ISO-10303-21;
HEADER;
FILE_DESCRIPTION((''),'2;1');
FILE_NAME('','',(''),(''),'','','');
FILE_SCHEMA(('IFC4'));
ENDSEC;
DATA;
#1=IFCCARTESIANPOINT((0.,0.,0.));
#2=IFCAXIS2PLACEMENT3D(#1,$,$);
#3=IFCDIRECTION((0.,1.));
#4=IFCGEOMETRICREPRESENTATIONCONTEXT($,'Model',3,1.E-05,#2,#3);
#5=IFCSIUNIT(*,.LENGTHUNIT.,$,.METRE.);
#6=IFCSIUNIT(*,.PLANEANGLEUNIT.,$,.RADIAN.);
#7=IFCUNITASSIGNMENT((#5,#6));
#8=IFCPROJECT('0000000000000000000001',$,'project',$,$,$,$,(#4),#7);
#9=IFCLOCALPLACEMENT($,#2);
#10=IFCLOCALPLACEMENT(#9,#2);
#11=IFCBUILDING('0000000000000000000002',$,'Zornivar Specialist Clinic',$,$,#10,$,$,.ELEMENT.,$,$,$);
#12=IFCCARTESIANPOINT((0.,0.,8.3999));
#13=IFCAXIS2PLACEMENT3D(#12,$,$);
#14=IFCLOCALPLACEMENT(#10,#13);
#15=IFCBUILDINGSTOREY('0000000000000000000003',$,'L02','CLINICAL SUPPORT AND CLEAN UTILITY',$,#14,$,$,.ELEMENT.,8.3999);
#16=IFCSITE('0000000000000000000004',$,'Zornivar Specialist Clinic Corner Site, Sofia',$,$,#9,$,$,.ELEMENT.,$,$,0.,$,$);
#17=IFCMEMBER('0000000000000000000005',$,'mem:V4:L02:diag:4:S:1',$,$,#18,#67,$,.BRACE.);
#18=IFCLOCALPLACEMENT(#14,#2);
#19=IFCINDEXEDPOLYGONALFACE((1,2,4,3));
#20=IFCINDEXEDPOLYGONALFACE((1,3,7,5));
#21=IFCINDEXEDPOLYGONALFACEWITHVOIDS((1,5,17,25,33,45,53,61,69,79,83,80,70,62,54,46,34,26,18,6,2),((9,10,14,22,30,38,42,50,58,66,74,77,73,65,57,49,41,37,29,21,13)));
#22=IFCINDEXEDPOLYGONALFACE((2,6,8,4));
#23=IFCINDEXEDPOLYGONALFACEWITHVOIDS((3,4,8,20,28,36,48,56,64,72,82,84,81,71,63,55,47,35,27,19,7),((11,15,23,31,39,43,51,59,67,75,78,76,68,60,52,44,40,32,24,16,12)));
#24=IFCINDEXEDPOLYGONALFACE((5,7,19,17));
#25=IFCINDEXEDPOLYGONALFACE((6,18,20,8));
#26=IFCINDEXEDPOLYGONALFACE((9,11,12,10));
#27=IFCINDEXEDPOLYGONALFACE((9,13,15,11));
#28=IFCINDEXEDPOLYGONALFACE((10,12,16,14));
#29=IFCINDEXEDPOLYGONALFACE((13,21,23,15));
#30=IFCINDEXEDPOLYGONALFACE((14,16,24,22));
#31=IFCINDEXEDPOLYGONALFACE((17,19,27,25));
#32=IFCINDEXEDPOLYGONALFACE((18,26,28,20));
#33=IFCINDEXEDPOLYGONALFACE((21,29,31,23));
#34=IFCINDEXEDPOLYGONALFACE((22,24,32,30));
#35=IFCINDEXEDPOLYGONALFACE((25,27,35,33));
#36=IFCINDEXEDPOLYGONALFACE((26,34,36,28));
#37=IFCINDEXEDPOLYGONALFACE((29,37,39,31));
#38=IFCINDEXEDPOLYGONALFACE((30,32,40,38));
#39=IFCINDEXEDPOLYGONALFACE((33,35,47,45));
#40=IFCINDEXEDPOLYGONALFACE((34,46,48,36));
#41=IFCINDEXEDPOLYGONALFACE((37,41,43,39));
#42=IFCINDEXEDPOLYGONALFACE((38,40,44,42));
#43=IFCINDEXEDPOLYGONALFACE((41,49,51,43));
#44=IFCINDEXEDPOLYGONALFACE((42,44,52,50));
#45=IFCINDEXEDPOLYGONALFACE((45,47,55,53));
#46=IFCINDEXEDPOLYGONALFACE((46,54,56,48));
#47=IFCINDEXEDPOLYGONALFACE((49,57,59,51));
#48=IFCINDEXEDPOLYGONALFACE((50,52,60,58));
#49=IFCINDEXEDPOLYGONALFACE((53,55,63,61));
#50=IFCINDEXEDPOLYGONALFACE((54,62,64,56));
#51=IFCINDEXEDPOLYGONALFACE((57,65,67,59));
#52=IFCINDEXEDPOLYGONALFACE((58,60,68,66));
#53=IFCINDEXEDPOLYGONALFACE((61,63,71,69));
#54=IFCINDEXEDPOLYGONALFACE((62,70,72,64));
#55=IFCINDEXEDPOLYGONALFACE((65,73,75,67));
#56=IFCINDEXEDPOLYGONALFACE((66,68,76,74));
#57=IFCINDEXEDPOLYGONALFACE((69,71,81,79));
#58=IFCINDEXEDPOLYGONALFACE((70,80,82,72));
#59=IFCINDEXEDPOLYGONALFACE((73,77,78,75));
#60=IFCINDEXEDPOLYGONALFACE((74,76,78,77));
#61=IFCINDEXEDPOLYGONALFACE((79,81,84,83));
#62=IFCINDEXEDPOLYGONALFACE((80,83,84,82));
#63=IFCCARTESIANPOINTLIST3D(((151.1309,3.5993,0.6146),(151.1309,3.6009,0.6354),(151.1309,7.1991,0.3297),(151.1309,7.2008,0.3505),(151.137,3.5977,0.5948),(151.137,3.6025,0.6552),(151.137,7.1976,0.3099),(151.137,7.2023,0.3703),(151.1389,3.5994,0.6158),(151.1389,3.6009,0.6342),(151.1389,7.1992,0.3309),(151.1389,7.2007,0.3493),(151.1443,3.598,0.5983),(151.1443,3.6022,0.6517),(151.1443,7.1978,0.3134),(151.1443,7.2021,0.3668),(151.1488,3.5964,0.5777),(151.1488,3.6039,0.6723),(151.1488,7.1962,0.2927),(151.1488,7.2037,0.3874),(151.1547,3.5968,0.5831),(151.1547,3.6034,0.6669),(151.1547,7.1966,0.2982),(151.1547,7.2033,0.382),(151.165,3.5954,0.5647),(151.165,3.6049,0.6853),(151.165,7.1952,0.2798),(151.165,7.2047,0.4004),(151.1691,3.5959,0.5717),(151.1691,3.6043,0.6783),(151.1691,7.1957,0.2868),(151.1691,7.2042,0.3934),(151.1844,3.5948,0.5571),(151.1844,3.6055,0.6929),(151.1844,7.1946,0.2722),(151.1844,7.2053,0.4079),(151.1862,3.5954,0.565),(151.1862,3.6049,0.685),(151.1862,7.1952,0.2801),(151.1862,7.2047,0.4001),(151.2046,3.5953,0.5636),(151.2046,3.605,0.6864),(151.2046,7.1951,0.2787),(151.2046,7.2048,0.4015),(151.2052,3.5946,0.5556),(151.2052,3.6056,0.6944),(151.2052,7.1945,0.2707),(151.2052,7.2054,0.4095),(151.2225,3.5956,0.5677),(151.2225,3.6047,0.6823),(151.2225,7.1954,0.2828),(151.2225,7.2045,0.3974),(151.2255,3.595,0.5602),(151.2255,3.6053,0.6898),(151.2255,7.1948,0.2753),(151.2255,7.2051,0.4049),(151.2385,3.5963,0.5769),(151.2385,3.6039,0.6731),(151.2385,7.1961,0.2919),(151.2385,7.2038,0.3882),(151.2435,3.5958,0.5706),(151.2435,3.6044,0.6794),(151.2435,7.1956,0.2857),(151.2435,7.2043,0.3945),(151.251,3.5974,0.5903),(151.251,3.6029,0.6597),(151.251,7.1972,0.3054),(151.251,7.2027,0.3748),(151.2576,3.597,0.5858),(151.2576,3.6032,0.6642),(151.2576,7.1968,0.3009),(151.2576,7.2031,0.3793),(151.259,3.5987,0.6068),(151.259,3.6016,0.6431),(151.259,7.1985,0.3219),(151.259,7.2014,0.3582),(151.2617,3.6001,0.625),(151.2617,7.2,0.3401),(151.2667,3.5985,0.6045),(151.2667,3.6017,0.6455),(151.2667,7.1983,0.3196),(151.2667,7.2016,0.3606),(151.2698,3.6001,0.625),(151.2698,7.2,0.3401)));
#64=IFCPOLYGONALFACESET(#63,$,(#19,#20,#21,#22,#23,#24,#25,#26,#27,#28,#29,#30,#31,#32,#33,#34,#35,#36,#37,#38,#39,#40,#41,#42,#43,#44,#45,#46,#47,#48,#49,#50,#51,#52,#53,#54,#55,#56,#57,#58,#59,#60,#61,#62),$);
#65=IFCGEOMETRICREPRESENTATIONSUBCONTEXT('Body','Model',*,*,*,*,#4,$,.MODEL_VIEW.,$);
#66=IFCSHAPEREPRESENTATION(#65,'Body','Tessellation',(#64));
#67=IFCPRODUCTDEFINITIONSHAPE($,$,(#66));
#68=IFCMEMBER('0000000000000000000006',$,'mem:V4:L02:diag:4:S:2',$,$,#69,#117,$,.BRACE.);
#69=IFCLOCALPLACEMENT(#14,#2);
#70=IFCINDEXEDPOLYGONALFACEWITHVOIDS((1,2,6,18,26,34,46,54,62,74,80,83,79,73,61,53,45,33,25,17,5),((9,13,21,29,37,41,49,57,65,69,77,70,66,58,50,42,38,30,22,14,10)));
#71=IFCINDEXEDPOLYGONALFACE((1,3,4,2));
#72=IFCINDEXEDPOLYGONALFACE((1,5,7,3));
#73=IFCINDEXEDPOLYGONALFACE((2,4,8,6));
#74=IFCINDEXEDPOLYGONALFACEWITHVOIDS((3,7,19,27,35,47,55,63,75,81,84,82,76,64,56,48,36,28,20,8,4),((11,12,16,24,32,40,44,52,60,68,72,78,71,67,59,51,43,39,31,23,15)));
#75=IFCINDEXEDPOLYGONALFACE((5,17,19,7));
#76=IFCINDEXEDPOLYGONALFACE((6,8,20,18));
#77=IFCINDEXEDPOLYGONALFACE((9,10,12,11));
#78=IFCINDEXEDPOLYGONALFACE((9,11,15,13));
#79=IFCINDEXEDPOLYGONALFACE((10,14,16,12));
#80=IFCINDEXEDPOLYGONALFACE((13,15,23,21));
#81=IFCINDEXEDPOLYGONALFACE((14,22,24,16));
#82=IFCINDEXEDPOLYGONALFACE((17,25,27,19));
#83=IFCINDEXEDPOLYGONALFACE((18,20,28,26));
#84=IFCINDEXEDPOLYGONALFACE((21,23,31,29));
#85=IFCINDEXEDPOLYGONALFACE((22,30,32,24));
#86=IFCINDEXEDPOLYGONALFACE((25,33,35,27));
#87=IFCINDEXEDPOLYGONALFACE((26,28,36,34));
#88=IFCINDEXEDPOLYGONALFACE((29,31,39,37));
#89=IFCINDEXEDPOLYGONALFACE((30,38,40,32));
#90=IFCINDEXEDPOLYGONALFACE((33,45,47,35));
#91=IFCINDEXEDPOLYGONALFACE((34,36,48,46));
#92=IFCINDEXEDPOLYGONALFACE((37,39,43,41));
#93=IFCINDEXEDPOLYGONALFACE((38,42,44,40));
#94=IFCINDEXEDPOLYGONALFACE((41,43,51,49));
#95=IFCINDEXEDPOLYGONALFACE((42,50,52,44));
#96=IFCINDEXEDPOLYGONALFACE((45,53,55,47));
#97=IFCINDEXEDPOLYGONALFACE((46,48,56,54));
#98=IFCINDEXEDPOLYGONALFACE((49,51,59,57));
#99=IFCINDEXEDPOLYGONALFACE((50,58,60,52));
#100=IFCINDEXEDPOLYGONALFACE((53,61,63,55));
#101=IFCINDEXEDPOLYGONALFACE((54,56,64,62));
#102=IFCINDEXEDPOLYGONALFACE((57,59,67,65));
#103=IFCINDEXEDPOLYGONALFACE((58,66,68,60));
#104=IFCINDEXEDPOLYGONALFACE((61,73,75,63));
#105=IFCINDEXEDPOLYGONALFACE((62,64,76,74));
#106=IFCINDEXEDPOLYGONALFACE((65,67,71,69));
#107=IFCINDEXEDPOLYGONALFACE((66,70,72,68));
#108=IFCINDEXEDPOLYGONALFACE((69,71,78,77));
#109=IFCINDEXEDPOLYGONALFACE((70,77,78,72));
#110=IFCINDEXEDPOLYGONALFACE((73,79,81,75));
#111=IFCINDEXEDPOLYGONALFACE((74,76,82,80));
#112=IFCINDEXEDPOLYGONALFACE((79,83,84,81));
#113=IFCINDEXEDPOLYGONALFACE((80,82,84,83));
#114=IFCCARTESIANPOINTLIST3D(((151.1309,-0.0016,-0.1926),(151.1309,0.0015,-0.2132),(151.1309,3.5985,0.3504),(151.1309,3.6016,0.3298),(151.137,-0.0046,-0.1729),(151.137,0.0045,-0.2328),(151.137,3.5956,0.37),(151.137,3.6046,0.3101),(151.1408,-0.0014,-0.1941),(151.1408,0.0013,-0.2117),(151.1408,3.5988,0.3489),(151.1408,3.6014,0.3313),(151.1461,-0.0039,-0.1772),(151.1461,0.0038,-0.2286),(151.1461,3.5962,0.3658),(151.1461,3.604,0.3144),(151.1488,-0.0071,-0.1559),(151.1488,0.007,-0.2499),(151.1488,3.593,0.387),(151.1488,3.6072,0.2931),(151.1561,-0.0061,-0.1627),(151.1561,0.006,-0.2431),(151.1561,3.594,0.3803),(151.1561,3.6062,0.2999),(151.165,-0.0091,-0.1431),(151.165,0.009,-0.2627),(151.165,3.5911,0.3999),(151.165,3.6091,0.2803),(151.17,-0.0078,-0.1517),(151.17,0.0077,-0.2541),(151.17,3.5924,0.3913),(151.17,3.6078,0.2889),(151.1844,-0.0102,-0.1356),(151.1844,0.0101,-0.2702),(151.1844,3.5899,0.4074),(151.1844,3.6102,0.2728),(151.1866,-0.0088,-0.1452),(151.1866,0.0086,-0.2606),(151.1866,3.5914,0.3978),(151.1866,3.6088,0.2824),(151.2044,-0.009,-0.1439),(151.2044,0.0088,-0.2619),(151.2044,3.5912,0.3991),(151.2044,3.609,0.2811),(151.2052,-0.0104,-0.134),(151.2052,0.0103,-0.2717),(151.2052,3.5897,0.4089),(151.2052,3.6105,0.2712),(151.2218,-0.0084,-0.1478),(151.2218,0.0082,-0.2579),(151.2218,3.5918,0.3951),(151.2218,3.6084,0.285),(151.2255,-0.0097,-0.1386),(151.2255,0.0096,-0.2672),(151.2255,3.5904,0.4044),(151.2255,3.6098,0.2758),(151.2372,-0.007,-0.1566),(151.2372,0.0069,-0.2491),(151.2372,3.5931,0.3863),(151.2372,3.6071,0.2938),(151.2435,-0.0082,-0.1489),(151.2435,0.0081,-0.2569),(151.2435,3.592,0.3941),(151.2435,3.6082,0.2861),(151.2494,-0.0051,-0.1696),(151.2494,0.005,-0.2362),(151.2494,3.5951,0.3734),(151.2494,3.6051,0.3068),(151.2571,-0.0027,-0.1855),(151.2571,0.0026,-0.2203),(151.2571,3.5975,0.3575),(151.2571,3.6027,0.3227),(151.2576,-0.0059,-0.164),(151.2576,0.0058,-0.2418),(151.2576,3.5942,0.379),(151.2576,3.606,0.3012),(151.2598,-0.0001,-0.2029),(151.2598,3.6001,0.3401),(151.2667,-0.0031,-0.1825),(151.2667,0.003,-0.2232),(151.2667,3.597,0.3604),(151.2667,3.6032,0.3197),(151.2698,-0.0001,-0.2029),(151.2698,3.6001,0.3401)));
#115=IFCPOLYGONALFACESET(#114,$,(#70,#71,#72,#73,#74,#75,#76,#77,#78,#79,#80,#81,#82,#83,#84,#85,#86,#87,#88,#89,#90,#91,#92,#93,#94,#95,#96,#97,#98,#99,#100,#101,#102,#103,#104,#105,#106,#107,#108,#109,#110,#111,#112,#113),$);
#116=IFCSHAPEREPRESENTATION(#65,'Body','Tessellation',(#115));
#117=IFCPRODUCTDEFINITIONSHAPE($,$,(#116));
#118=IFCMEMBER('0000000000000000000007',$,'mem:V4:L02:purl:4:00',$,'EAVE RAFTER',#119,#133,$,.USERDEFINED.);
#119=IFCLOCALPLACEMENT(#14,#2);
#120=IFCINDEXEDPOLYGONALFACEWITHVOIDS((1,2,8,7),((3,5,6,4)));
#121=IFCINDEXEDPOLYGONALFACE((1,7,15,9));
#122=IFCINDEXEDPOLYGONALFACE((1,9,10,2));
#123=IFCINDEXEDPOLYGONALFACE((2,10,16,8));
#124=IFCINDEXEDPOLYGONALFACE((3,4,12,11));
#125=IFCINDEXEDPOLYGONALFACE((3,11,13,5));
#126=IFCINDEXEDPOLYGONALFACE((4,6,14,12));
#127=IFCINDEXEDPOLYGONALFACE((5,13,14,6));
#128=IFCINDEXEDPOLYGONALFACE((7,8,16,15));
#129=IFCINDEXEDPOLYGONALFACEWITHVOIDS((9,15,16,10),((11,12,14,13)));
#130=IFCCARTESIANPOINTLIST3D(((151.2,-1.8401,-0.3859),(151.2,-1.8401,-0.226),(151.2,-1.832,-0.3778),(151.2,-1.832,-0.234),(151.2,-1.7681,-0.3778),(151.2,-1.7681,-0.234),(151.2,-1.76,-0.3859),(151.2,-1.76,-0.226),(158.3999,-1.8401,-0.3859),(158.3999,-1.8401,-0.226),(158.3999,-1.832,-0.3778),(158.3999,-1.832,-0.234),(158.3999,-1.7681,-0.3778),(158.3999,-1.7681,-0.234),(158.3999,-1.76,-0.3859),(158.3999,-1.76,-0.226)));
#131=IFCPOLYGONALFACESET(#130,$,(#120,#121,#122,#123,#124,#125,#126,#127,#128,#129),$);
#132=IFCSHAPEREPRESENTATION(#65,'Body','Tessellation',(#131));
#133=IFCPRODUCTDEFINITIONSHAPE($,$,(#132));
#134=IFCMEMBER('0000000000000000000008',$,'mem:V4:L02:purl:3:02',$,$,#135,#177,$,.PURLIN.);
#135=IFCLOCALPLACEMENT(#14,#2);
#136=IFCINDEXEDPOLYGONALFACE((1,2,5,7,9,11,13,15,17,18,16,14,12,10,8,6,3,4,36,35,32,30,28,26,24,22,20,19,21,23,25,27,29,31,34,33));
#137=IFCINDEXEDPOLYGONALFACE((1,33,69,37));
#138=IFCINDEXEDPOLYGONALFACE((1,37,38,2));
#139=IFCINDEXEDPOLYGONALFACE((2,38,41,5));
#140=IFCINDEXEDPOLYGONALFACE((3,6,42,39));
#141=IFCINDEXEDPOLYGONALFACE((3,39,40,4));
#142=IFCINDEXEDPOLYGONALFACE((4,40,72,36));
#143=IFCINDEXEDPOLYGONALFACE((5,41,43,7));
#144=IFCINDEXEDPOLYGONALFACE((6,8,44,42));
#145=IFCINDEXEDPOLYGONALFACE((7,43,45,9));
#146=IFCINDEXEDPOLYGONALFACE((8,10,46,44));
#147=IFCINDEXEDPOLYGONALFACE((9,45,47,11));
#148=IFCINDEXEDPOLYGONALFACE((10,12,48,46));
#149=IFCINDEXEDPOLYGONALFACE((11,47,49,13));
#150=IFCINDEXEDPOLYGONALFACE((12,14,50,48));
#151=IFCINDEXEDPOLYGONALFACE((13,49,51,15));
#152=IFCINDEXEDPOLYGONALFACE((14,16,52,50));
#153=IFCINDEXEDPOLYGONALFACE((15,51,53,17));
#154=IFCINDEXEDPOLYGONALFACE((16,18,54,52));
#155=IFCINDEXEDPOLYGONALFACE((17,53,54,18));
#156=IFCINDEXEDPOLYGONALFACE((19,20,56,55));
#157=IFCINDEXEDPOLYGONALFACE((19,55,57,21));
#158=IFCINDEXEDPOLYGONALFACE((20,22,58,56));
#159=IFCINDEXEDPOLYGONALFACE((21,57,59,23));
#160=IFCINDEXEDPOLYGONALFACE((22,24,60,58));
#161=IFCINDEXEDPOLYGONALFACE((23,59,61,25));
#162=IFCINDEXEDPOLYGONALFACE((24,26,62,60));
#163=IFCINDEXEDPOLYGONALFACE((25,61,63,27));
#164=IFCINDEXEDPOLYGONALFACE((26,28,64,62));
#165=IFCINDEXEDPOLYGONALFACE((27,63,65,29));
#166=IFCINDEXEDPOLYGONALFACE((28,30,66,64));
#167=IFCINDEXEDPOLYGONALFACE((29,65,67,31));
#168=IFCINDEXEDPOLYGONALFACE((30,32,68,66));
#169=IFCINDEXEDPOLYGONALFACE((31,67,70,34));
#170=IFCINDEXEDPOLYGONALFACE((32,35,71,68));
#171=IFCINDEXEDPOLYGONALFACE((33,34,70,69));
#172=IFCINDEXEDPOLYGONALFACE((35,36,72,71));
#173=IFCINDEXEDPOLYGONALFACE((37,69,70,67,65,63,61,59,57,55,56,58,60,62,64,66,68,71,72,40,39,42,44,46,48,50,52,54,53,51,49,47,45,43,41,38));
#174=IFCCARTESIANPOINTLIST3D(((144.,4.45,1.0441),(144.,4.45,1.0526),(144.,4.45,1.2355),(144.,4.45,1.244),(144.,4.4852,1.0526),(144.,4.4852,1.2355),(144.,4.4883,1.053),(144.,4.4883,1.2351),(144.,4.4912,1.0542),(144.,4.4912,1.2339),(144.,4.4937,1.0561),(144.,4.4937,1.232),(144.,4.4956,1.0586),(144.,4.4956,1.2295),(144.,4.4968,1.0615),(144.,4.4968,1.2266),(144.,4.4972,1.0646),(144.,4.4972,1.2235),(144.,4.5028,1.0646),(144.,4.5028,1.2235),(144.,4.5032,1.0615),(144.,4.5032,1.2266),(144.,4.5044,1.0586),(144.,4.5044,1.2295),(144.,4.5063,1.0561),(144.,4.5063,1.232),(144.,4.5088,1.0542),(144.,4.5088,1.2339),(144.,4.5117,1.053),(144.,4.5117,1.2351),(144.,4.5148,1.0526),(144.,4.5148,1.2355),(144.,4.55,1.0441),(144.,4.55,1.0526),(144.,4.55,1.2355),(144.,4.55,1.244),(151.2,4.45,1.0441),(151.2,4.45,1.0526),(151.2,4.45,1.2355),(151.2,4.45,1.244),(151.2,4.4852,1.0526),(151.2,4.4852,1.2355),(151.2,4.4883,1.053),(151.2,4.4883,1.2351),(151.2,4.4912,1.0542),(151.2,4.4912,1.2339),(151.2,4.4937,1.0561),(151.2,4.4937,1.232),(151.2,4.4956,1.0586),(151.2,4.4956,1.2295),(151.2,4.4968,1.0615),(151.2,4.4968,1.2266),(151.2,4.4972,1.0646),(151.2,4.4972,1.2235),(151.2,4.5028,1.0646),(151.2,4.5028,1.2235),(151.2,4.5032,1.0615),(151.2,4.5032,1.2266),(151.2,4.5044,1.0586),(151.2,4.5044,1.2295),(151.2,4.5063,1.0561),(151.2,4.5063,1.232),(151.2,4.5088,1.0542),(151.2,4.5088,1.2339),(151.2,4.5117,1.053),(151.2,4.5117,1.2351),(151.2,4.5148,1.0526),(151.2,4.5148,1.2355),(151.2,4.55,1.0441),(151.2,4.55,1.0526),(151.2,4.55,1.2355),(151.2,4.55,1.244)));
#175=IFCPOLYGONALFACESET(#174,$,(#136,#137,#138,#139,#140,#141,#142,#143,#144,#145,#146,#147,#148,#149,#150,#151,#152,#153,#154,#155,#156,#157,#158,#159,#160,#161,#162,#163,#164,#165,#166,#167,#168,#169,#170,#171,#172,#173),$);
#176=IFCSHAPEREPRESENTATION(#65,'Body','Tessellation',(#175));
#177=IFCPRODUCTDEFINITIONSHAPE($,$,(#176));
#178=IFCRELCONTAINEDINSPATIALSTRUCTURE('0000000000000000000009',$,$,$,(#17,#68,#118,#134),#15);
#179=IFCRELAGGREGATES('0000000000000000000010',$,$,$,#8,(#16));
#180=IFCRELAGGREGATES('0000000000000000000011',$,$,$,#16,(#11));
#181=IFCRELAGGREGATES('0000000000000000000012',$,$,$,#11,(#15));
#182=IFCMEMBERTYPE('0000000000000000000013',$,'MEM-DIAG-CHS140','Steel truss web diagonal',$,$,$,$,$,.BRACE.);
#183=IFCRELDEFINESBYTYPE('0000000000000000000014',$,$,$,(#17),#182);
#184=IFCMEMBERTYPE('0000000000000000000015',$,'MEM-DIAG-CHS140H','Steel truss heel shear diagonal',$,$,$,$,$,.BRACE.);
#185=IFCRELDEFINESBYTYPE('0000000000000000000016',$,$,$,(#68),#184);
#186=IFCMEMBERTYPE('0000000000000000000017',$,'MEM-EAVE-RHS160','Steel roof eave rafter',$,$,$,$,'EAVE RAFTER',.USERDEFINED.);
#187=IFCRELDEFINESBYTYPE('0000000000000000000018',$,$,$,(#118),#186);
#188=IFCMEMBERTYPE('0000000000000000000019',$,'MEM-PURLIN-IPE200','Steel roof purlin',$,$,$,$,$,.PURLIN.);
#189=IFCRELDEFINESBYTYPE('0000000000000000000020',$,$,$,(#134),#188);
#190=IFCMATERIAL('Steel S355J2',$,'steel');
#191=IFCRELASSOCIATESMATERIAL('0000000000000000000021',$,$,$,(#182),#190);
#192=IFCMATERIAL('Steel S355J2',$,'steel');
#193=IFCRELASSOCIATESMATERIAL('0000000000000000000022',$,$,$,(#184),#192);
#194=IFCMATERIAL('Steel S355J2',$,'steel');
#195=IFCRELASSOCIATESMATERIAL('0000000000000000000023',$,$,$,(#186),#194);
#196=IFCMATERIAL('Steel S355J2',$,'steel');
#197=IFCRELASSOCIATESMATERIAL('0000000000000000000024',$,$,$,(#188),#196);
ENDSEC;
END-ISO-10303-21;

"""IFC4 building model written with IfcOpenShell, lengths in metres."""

from ifc_helpers import new_model, si_unit, direction, frame, origin, origin_2d, place, context, subcontext, project, spatial, hollow_rectangle, hollow_circle, i_section, extrude, material, material_profile, profile_set, type_object, element, save


model = new_model("IFC4")

# Units and contexts
model_context = context("Model", 3, precision=1e-05, world=origin(), true_north=direction((0.0, 1.0)))
body_context = subcontext(model_context, "Body", "Model", "MODEL_VIEW")
ifc_project = project(units=[si_unit("LENGTHUNIT", "METRE"), si_unit("PLANEANGLEUNIT", "RADIAN")], contexts=[model_context])

# Site, building, storey
site_placement = place(None, origin())
site = spatial("IfcSite", under=ifc_project, at=site_placement, Name="Zornivar Specialist Clinic Corner Site, Sofia", CompositionType="ELEMENT", RefElevation=0.0)
building_placement = place(site_placement, origin())
building = spatial("IfcBuilding", under=site, at=building_placement, Name="Zornivar Specialist Clinic", CompositionType="ELEMENT")
storey_placement = place(building_placement, frame((0.0, 0.0, 8.3999)))
storey = spatial("IfcBuildingStorey", under=building, at=storey_placement, Name="L02", Description="CLINICAL SUPPORT AND CLEAN UTILITY", CompositionType="ELEMENT", Elevation=8.3999)

# Members
ifc_material_1 = material(Name="Steel S355J2", Category="steel")
ifc_material_profile_1 = material_profile(ifc_material_1, hollow_circle(Radius=0.0698, WallThickness=0.0081, at=origin_2d()), Name="CHS 139.7x8")
ifc_profile_set_1 = profile_set([ifc_material_profile_1], Name="Steel S355J2")
member_type_1 = type_object("IfcMemberType", Name="MEM-DIAG-CHS140", Description="Steel truss web diagonal", PredefinedType="BRACE", material=ifc_profile_set_1)
for number, where, z_axis, x_axis, name in (
    (1, (151.2, 7.2, 0.3401), (0.0, -0.996883, 0.078899), (1.0, 0.0, 0.0), "mem:V4:L02:diag:4:S:1"),
):
    element("IfcMember", number, at=place(storey_placement, frame(where, z_axis=z_axis, x_axis=x_axis)), inside=storey, type_object=member_type_1, Name=name, PredefinedType="BRACE", context=body_context, shape_type="SweptSolid", body=[
        extrude(hollow_circle(Radius=0.0698, WallThickness=0.0081, at=origin_2d()), origin(), (0.0, 0.0, 1.0), 3.6111),
    ])
ifc_material_2 = material(Name="Steel S355J2", Category="steel")
ifc_material_profile_2 = material_profile(ifc_material_2, hollow_circle(Radius=0.0698, WallThickness=0.01, at=origin_2d()), Name="CHS 139.7x10")
ifc_profile_set_2 = profile_set([ifc_material_profile_2], Name="Steel S355J2")
member_type_2 = type_object("IfcMemberType", Name="MEM-DIAG-CHS140H", Description="Steel truss heel shear diagonal", PredefinedType="BRACE", material=ifc_profile_set_2)
member_1_placement = place(storey_placement, frame((151.2, 3.6001, 0.3401), z_axis=(0.0, -0.988817, -0.149134), x_axis=(1.0, 0.0, 0.0)))
element("IfcMember", 2, at=member_1_placement, inside=storey, type_object=member_type_2, Name="mem:V4:L02:diag:4:S:2", PredefinedType="BRACE", context=body_context, shape_type="SweptSolid", body=[
    extrude(hollow_circle(Radius=0.0698, WallThickness=0.01, at=origin_2d()), origin(), (0.0, 0.0, 1.0), 3.6409),
])
ifc_material_3 = material(Name="Steel S355J2", Category="steel")
ifc_material_profile_3 = material_profile(ifc_material_3, hollow_rectangle(XDim=0.0801, YDim=0.1599, WallThickness=0.0081, at=origin_2d()), Name="RHS 160x80x8")
ifc_profile_set_3 = profile_set([ifc_material_profile_3], Name="Steel S355J2")
member_type_3 = type_object("IfcMemberType", Name="MEM-EAVE-RHS160", Description="Steel roof eave rafter", ElementType="EAVE RAFTER", PredefinedType="USERDEFINED", material=ifc_profile_set_3)
member_2_placement = place(storey_placement, frame((151.2, -1.8, -0.3059), z_axis=(1.0, 0.0, 0.0), x_axis=(0.0, 1.0, 0.0)))
element("IfcMember", 3, at=member_2_placement, inside=storey, type_object=member_type_3, Name="mem:V4:L02:purl:4:00", ObjectType="EAVE RAFTER", PredefinedType="USERDEFINED", context=body_context, shape_type="SweptSolid", body=[
    extrude(hollow_rectangle(XDim=0.0801, YDim=0.1599, WallThickness=0.0081, at=origin_2d()), origin(), (0.0, 0.0, 1.0), 7.2),
])
ifc_material_4 = material(Name="Steel S355J2", Category="steel")
ifc_material_profile_4 = material_profile(ifc_material_4, i_section(OverallWidth=0.1001, OverallDepth=0.2, WebThickness=0.0056, FlangeThickness=0.0085, FilletRadius=0.012, at=origin_2d()), Name="IPE 200")
ifc_profile_set_4 = profile_set([ifc_material_profile_4], Name="Steel S355J2")
member_type_4 = type_object("IfcMemberType", Name="MEM-PURLIN-IPE200", Description="Steel roof purlin", PredefinedType="PURLIN", material=ifc_profile_set_4)
for number, where, z_axis, x_axis, name in (
    (4, (144.0, 4.5, 1.144), (1.0, 0.0, 0.0), (0.0, 1.0, 0.0), "mem:V4:L02:purl:3:02"),
):
    element("IfcMember", number, at=place(storey_placement, frame(where, z_axis=z_axis, x_axis=x_axis)), inside=storey, type_object=member_type_4, Name=name, PredefinedType="PURLIN", context=body_context, shape_type="SweptSolid", body=[
        extrude(i_section(OverallWidth=0.1001, OverallDepth=0.2, WebThickness=0.0056, FlangeThickness=0.0085, FilletRadius=0.012, at=origin_2d()), origin(), (0.0, 0.0, 1.0), 7.2),
    ])

save(model, "model.ifc")
